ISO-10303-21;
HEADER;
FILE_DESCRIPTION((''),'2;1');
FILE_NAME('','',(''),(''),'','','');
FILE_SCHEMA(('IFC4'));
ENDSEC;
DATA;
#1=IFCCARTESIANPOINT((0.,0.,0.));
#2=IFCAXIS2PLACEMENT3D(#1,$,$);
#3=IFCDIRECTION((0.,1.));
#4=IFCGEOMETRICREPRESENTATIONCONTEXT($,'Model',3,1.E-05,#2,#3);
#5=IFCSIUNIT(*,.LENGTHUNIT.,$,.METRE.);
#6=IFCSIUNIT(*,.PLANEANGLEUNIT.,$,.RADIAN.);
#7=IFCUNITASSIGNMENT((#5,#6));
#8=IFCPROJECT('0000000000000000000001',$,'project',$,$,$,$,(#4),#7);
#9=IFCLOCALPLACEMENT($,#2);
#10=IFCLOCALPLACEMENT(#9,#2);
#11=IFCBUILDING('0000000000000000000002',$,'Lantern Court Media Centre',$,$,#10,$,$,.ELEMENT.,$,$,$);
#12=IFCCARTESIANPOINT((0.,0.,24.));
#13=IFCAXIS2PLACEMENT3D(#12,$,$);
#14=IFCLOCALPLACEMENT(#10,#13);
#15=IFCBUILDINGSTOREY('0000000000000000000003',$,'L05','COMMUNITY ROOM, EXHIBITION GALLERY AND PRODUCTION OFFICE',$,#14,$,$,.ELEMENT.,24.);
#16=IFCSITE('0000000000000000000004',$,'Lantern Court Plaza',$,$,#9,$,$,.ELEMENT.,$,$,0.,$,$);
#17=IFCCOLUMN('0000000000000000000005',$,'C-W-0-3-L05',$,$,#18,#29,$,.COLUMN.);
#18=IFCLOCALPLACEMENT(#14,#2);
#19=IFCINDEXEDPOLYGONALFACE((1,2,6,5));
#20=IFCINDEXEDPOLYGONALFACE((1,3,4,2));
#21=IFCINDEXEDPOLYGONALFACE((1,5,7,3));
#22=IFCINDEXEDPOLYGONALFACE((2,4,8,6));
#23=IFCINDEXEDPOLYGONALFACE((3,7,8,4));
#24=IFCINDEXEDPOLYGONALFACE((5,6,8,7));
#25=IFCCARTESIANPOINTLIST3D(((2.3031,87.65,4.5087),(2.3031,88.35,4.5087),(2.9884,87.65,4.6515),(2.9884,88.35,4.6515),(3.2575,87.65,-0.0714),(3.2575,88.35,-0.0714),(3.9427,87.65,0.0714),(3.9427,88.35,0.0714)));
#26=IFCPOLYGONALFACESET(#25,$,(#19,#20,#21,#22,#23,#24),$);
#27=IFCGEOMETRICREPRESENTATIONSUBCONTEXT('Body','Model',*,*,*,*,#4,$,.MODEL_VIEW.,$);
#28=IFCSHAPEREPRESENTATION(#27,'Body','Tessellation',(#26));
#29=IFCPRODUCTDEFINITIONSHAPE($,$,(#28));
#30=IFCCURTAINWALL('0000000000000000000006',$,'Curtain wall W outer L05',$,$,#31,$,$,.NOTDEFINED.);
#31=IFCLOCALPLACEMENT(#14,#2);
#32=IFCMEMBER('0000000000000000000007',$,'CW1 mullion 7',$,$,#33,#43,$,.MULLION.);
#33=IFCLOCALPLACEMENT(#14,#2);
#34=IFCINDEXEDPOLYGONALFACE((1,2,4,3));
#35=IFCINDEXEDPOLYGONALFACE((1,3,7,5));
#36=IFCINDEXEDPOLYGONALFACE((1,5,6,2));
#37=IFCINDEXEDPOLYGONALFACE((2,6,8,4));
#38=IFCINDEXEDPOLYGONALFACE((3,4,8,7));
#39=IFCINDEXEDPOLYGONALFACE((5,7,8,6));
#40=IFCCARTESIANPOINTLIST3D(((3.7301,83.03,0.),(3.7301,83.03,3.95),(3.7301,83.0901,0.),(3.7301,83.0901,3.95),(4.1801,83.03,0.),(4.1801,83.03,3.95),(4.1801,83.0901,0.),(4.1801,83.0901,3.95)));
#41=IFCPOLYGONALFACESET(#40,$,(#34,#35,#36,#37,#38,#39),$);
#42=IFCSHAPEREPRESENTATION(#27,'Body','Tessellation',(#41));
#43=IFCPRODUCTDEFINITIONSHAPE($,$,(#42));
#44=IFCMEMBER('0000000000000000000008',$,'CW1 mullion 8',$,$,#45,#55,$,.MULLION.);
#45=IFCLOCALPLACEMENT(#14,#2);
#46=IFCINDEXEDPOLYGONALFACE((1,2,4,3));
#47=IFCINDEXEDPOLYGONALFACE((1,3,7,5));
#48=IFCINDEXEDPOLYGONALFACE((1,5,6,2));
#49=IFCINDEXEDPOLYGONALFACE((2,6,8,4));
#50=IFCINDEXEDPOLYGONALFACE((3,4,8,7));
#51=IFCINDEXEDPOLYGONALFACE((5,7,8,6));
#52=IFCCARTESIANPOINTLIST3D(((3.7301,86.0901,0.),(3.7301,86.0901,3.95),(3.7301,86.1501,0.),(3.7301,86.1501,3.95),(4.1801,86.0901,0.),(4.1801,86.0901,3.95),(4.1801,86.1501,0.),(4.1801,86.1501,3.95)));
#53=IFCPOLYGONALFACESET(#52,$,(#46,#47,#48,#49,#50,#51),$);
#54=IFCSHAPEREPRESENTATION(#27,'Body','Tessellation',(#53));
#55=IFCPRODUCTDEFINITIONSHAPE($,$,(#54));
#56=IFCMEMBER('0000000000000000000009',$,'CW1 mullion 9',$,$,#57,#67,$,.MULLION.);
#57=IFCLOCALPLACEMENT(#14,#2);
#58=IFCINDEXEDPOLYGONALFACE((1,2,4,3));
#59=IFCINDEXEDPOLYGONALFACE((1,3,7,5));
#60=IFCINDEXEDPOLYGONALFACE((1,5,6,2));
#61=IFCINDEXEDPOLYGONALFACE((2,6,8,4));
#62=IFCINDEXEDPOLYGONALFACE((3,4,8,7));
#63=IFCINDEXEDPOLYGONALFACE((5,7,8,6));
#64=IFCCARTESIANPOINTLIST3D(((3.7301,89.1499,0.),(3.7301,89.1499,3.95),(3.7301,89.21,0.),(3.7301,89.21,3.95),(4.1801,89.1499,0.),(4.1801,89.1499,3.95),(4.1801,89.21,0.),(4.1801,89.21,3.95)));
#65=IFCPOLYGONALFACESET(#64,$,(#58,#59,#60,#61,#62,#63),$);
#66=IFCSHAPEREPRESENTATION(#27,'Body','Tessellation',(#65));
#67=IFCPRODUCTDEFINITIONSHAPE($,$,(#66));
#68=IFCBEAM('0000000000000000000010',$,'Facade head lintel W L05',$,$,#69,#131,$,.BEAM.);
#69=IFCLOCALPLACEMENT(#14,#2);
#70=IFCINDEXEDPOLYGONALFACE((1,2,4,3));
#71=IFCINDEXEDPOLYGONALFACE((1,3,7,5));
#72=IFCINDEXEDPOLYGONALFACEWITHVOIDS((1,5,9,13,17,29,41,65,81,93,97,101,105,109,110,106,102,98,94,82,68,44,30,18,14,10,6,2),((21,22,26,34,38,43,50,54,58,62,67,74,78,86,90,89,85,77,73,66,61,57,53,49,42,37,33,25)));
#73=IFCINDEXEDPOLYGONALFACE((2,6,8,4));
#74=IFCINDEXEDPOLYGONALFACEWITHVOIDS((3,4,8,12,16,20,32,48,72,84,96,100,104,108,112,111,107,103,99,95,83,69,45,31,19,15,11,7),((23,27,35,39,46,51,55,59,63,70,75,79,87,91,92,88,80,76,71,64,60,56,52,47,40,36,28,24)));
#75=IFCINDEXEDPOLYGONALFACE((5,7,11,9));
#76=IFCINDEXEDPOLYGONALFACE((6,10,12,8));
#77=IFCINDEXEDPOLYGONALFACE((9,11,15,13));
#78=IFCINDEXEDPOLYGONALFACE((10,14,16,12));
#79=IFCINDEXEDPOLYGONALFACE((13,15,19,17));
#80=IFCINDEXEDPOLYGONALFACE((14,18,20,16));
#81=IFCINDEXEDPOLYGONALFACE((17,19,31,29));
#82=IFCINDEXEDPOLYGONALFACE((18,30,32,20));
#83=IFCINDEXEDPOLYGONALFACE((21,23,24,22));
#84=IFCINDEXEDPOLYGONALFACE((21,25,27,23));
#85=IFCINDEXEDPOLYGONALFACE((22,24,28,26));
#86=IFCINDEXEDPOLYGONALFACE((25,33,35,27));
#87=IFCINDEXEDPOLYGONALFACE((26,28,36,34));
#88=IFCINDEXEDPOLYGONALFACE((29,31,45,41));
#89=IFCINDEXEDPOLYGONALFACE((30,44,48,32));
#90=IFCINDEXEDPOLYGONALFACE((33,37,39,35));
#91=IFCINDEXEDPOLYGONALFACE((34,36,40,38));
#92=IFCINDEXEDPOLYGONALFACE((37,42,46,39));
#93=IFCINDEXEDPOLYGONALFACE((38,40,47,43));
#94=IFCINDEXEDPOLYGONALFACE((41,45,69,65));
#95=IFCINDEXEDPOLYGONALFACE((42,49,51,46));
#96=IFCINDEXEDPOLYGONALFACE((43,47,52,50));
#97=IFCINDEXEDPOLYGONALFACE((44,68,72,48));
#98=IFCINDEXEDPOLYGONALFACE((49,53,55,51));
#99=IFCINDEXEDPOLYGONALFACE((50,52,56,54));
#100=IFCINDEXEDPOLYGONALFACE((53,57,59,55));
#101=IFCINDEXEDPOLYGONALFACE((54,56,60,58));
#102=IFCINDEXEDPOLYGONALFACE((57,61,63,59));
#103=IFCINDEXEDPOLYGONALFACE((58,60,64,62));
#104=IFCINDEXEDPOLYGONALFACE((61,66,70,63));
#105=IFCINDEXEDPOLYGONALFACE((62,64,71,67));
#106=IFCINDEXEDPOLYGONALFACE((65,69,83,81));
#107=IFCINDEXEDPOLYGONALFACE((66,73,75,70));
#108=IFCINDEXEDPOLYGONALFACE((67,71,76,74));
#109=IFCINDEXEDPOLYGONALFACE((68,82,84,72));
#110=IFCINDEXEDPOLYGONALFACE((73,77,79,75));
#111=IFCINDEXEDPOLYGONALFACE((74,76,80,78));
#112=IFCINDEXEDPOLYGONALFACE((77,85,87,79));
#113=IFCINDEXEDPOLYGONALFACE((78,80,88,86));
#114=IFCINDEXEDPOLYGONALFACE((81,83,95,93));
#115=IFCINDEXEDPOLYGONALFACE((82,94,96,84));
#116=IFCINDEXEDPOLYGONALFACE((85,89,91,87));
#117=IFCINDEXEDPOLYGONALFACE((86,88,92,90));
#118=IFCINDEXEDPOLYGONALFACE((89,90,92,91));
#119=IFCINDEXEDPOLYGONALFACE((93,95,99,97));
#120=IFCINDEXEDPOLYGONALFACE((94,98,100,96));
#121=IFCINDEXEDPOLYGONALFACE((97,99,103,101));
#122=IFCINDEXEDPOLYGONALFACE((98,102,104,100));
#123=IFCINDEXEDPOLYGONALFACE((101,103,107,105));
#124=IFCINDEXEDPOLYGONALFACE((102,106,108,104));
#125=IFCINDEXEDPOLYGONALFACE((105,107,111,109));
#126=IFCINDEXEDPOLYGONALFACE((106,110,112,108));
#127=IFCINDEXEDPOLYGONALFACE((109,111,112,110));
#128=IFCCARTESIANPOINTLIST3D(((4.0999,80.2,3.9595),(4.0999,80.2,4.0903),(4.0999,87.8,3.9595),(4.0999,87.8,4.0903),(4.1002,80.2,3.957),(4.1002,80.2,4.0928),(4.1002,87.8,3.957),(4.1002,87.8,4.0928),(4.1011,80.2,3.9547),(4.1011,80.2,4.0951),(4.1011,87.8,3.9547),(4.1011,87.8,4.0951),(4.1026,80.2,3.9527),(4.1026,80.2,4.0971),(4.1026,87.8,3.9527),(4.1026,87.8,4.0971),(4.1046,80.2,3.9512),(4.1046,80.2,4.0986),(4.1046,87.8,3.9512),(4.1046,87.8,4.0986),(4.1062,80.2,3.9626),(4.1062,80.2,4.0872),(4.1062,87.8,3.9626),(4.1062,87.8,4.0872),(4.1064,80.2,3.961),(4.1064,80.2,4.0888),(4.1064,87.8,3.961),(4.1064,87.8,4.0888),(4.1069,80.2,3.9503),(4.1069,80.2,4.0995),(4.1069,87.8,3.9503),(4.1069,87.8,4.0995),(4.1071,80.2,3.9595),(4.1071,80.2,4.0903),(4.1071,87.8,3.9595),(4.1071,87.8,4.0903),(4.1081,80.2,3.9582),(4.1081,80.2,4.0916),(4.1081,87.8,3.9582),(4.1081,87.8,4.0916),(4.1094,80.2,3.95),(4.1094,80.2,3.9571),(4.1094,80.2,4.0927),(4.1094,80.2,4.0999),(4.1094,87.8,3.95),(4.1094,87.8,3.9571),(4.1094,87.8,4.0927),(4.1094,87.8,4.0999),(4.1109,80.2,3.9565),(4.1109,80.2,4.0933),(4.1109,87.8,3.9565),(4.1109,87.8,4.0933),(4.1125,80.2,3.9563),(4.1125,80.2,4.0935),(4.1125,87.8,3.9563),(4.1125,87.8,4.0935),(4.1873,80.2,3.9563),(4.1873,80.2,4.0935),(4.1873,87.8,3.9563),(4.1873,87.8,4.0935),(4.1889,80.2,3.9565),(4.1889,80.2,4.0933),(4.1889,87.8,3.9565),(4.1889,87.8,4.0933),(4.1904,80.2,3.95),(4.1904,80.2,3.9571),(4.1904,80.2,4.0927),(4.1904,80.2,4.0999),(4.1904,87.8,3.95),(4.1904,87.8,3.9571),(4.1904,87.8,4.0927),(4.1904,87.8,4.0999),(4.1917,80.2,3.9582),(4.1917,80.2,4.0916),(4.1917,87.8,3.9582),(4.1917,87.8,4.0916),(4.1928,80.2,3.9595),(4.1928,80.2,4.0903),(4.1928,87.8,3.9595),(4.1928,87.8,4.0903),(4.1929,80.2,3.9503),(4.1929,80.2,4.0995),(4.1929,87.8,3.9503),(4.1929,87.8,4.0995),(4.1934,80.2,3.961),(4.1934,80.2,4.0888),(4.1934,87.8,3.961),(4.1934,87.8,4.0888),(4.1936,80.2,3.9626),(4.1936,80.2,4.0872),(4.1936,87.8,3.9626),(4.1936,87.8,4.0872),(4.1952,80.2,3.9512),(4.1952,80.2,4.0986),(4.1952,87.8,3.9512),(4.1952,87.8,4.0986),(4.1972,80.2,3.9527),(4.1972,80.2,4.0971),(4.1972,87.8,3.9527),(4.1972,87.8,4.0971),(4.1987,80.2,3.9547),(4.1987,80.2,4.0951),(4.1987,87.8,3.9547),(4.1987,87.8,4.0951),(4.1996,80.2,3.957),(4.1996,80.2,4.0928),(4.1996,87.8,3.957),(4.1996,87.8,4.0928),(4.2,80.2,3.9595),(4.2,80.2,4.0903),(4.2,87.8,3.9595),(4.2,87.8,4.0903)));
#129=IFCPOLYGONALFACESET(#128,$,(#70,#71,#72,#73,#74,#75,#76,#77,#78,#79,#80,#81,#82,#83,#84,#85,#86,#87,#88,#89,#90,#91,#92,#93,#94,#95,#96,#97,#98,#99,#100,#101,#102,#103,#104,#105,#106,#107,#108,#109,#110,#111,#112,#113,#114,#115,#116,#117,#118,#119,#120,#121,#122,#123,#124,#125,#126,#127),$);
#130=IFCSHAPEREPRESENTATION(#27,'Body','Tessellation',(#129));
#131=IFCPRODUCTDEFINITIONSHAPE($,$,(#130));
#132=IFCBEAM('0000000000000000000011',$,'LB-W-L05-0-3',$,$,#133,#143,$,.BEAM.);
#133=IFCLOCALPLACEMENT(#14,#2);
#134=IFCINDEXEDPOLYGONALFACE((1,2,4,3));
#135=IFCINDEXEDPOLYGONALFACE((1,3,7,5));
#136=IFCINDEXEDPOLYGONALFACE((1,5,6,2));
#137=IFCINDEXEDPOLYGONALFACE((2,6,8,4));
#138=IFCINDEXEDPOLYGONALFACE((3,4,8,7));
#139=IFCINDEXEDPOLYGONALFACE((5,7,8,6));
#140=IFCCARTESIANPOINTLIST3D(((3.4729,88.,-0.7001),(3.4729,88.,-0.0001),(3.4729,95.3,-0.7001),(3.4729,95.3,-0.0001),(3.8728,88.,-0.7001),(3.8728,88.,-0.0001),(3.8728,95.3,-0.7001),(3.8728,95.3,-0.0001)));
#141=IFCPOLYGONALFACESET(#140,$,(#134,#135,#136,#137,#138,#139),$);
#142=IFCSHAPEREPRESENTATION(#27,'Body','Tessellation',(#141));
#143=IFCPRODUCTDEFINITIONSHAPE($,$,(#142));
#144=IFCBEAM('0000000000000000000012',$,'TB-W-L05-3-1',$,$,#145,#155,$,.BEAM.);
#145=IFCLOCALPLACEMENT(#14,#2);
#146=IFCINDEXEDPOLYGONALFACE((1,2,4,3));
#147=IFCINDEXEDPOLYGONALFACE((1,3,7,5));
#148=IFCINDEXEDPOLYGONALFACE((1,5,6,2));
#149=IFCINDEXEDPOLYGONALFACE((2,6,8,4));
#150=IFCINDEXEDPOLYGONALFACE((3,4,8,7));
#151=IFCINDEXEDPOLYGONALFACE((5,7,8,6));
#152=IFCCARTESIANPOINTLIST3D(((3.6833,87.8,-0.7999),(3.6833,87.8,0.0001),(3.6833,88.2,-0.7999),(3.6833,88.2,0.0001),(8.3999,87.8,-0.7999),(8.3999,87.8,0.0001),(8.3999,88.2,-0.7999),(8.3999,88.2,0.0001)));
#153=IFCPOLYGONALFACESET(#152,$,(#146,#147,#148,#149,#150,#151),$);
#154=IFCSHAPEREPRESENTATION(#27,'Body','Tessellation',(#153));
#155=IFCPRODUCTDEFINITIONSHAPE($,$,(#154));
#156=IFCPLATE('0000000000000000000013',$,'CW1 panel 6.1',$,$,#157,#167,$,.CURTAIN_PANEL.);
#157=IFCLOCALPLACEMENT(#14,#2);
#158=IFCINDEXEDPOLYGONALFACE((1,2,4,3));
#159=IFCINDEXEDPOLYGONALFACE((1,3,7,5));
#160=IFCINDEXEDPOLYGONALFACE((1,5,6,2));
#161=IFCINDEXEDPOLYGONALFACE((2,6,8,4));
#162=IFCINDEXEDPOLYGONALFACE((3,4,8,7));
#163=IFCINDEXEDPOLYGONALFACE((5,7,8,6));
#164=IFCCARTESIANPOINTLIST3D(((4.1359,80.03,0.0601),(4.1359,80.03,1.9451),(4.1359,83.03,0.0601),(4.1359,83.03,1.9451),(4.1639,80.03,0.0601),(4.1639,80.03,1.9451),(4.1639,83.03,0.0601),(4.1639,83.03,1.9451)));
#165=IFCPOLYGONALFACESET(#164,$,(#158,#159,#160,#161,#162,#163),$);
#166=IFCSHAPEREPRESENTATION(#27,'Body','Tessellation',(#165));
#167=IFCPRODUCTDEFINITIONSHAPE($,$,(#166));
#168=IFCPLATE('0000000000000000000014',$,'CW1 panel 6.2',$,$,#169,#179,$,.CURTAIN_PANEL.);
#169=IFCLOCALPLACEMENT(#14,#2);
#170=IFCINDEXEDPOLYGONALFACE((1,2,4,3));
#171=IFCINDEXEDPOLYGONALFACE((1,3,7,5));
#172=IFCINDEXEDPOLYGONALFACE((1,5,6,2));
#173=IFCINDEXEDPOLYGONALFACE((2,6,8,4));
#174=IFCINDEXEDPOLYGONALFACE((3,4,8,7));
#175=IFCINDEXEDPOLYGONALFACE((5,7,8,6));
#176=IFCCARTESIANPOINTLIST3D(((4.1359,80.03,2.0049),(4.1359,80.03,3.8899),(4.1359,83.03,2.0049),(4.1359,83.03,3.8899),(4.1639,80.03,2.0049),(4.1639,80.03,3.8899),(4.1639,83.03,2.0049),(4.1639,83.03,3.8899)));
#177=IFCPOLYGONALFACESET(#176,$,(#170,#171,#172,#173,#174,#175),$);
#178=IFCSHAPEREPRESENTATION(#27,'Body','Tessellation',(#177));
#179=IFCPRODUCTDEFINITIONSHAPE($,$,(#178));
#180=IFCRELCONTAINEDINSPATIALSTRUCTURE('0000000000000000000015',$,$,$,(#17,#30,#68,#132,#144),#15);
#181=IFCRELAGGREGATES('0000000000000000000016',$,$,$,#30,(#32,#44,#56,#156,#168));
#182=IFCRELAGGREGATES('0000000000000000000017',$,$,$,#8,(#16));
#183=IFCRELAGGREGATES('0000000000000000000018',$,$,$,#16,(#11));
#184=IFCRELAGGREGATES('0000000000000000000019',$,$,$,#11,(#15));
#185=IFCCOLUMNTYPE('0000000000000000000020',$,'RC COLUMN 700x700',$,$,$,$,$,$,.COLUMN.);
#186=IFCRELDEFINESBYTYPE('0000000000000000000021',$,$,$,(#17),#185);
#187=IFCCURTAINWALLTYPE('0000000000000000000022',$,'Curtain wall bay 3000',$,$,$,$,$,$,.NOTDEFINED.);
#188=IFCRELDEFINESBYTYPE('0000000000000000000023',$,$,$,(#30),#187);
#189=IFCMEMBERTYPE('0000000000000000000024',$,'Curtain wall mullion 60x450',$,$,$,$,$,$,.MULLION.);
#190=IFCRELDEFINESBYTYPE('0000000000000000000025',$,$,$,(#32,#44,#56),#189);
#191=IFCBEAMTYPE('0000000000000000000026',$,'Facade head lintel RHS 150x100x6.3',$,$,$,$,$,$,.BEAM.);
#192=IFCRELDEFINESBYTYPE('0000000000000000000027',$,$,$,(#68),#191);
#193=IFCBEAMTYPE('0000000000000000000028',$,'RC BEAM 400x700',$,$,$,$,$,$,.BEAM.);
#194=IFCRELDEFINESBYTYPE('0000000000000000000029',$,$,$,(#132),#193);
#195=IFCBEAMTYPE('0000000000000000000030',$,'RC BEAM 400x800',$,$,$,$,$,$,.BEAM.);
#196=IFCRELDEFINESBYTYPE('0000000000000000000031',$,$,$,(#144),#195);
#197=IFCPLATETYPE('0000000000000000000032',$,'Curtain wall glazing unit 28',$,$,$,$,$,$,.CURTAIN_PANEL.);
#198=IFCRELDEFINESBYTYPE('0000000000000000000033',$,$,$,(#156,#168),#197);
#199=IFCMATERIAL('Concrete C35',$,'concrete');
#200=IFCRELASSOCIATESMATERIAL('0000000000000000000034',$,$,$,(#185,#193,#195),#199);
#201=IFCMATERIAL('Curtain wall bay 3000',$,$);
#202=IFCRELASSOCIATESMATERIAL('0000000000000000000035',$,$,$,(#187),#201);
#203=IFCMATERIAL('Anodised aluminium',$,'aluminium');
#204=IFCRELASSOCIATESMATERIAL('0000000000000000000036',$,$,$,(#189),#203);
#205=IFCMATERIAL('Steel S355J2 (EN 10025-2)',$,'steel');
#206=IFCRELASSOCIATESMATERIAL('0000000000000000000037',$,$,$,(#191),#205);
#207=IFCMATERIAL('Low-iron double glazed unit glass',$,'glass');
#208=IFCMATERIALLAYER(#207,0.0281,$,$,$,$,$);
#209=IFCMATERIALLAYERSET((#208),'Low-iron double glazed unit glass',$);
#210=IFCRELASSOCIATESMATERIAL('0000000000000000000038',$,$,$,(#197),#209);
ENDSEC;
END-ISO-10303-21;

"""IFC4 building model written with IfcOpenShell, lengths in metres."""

from ifc_helpers import new_model, si_unit, direction, frame, origin, origin_2d, place, context, subcontext, project, spatial, rectangle, hollow_rectangle, extrude, material, layer, layer_set, material_profile, profile_set, type_object, element, aggregate, save


model = new_model("IFC4")

# Units and contexts
model_context = context("Model", 3, precision=1e-05, world=origin(), true_north=direction((0.0, 1.0)))
body_context = subcontext(model_context, "Body", "Model", "MODEL_VIEW")
ifc_project = project(units=[si_unit("LENGTHUNIT", "METRE"), si_unit("PLANEANGLEUNIT", "RADIAN")], contexts=[model_context])

# Site, building, storey
site_placement = place(None, origin())
site = spatial("IfcSite", under=ifc_project, at=site_placement, Name="Lantern Court Plaza", CompositionType="ELEMENT", RefElevation=0.0)
building_placement = place(site_placement, origin())
building = spatial("IfcBuilding", under=site, at=building_placement, Name="Lantern Court Media Centre", CompositionType="ELEMENT")
storey_placement = place(building_placement, frame((0.0, 0.0, 24.0)))
storey = spatial("IfcBuildingStorey", under=building, at=storey_placement, Name="L05", Description="COMMUNITY ROOM, EXHIBITION GALLERY AND PRODUCTION OFFICE", CompositionType="ELEMENT", Elevation=24.0)

# Column
ifc_material_1 = material(Name="Concrete C35", Category="concrete")
ifc_material_profile_1 = material_profile(ifc_material_1, rectangle(XDim=0.7, YDim=0.7, at=origin_2d()), Name="RC 700x700")
ifc_profile_set_1 = profile_set([ifc_material_profile_1], Name="Concrete C35")
column_type = type_object("IfcColumnType", Name="RC COLUMN 700x700", PredefinedType="COLUMN", material=ifc_profile_set_1)
column_placement = place(storey_placement, frame((3.6001, 88.0, 0.0), z_axis=(-0.203988, 0.0, 0.978973), x_axis=(0.0, -1.0, 0.0)))
element("IfcColumn", 1, at=column_placement, inside=storey, type_object=column_type, Name="C-W-0-3-L05", PredefinedType="COLUMN", context=body_context, shape_type="SweptSolid", body=[
    extrude(rectangle(XDim=0.7, YDim=0.7, at=origin_2d()), origin(), (0.0, 0.0, 1.0), 4.6785),
])

# Curtain wall, members
ifc_material_2 = material(Name="Curtain wall bay 3000")
curtain_wall_type = type_object("IfcCurtainWallType", Name="Curtain wall bay 3000", PredefinedType="NOTDEFINED", material=ifc_material_2)
curtain_wall_placement = place(storey_placement, origin())
curtain_wall = element("IfcCurtainWall", 2, at=curtain_wall_placement, inside=storey, type_object=curtain_wall_type, Name="Curtain wall W outer L05", PredefinedType="NOTDEFINED")
ifc_material_3 = material(Name="Anodised aluminium", Category="aluminium")
ifc_material_profile_2 = material_profile(ifc_material_3, rectangle(XDim=0.45, YDim=0.0601, at=origin_2d()), Name="AL 60x450")
ifc_profile_set_2 = profile_set([ifc_material_profile_2], Name="Anodised aluminium")
member_type = type_object("IfcMemberType", Name="Curtain wall mullion 60x450", PredefinedType="MULLION", material=ifc_profile_set_2)
member_1_placement = place(storey_placement, frame((3.9551, 83.0601, 0.0), z_axis=(0.0, 0.0, 1.0), x_axis=(-1.0, 0.0, 0.0)))
member_1 = element("IfcMember", 3, at=member_1_placement, type_object=member_type, Name="CW1 mullion 7", PredefinedType="MULLION", context=body_context, shape_type="SweptSolid", body=[
    extrude(rectangle(XDim=0.45, YDim=0.0601, at=origin_2d()), origin(), (0.0, 0.0, 1.0), 3.95),
])
member_2_placement = place(storey_placement, frame((3.9551, 86.1201, 0.0), z_axis=(0.0, 0.0, 1.0), x_axis=(-1.0, 0.0, 0.0)))
member_2 = element("IfcMember", 4, at=member_2_placement, type_object=member_type, Name="CW1 mullion 8", PredefinedType="MULLION", context=body_context, shape_type="SweptSolid", body=[
    extrude(rectangle(XDim=0.45, YDim=0.0601, at=origin_2d()), origin(), (0.0, 0.0, 1.0), 3.95),
])
member_3_placement = place(storey_placement, frame((3.9551, 89.1799, 0.0), z_axis=(0.0, 0.0, 1.0), x_axis=(-1.0, 0.0, 0.0)))
member_3 = element("IfcMember", 5, at=member_3_placement, type_object=member_type, Name="CW1 mullion 9", PredefinedType="MULLION", context=body_context, shape_type="SweptSolid", body=[
    extrude(rectangle(XDim=0.45, YDim=0.0601, at=origin_2d()), origin(), (0.0, 0.0, 1.0), 3.95),
])

# Beams
ifc_material_4 = material(Name="Steel S355J2 (EN 10025-2)", Category="steel")
ifc_material_profile_3 = material_profile(ifc_material_4, hollow_rectangle(XDim=0.1001, YDim=0.1499, WallThickness=0.0063, InnerFilletRadius=0.0063, OuterFilletRadius=0.0095, at=origin_2d()), Name="Facade head lintel RHS 150x100x6.3")
ifc_profile_set_3 = profile_set([ifc_material_profile_3], Name="Steel S355J2 (EN 10025-2)")
beam_type_1 = type_object("IfcBeamType", Name="Facade head lintel RHS 150x100x6.3", PredefinedType="BEAM", material=ifc_profile_set_3)
beam_1_placement = place(storey_placement, frame((4.1499, 80.2, 4.0249), z_axis=(0.0, 1.0, 0.0), x_axis=(-1.0, 0.0, 0.0)))
element("IfcBeam", 6, at=beam_1_placement, inside=storey, type_object=beam_type_1, Name="Facade head lintel W L05", PredefinedType="BEAM", context=body_context, shape_type="SweptSolid", body=[
    extrude(hollow_rectangle(XDim=0.1001, YDim=0.1499, WallThickness=0.0063, InnerFilletRadius=0.0063, OuterFilletRadius=0.0095, at=origin_2d()), origin(), (0.0, 0.0, 1.0), 7.6001),
])
ifc_material_profile_4 = material_profile(ifc_material_1, rectangle(XDim=0.3999, YDim=0.7, at=origin_2d()), Name="RC 400x700")
ifc_profile_set_4 = profile_set([ifc_material_profile_4], Name="Concrete C35")
beam_type_2 = type_object("IfcBeamType", Name="RC BEAM 400x700", PredefinedType="BEAM", material=ifc_profile_set_4)
beam_2_placement = place(storey_placement, frame((3.6729, 88.0, -0.3501), z_axis=(0.0, 1.0, 0.0), x_axis=(-1.0, 0.0, 0.0)))
element("IfcBeam", 7, at=beam_2_placement, inside=storey, type_object=beam_type_2, Name="LB-W-L05-0-3", PredefinedType="BEAM", context=body_context, shape_type="SweptSolid", body=[
    extrude(rectangle(XDim=0.3999, YDim=0.7, at=origin_2d()), origin(), (0.0, 0.0, 1.0), 7.3),
])
ifc_material_profile_5 = material_profile(ifc_material_1, rectangle(XDim=0.3999, YDim=0.8, at=origin_2d()), Name="RC 400x800")
ifc_profile_set_5 = profile_set([ifc_material_profile_5], Name="Concrete C35")
beam_type_3 = type_object("IfcBeamType", Name="RC BEAM 400x800", PredefinedType="BEAM", material=ifc_profile_set_5)
beam_3_placement = place(storey_placement, frame((3.6833, 88.0, -0.3999), z_axis=(1.0, 0.0, 0.0), x_axis=(0.0, 1.0, 0.0)))
element("IfcBeam", 8, at=beam_3_placement, inside=storey, type_object=beam_type_3, Name="TB-W-L05-3-1", PredefinedType="BEAM", context=body_context, shape_type="SweptSolid", body=[
    extrude(rectangle(XDim=0.3999, YDim=0.8, at=origin_2d()), origin(), (0.0, 0.0, 1.0), 4.7166),
])

# Plates
ifc_material_5 = material(Name="Low-iron double glazed unit glass", Category="glass")
ifc_layer_1 = layer(ifc_material_5, 0.0281)
ifc_layer_set_1 = layer_set([ifc_layer_1], Name="Low-iron double glazed unit glass")
plate_type = type_object("IfcPlateType", Name="Curtain wall glazing unit 28", PredefinedType="CURTAIN_PANEL", material=ifc_layer_set_1)
plate_1_placement = place(storey_placement, frame((4.1499, 81.53, 0.0601), z_axis=(0.0, 0.0, 1.0), x_axis=(0.0, 1.0, 0.0)))
plate_1 = element("IfcPlate", 9, at=plate_1_placement, type_object=plate_type, Name="CW1 panel 6.1", PredefinedType="CURTAIN_PANEL", context=body_context, shape_type="SweptSolid", body=[
    extrude(rectangle(XDim=3.0, YDim=0.0281, at=origin_2d()), origin(), (0.0, 0.0, 1.0), 1.885),
])
plate_2_placement = place(storey_placement, frame((4.1499, 81.53, 2.0049), z_axis=(0.0, 0.0, 1.0), x_axis=(0.0, 1.0, 0.0)))
plate_2 = element("IfcPlate", 10, at=plate_2_placement, type_object=plate_type, Name="CW1 panel 6.2", PredefinedType="CURTAIN_PANEL", context=body_context, shape_type="SweptSolid", body=[
    extrude(rectangle(XDim=3.0, YDim=0.0281, at=origin_2d()), origin(), (0.0, 0.0, 1.0), 1.885),
])
aggregate(curtain_wall, [member_1, member_2, member_3, plate_1, plate_2])

save(model, "model.ifc")
